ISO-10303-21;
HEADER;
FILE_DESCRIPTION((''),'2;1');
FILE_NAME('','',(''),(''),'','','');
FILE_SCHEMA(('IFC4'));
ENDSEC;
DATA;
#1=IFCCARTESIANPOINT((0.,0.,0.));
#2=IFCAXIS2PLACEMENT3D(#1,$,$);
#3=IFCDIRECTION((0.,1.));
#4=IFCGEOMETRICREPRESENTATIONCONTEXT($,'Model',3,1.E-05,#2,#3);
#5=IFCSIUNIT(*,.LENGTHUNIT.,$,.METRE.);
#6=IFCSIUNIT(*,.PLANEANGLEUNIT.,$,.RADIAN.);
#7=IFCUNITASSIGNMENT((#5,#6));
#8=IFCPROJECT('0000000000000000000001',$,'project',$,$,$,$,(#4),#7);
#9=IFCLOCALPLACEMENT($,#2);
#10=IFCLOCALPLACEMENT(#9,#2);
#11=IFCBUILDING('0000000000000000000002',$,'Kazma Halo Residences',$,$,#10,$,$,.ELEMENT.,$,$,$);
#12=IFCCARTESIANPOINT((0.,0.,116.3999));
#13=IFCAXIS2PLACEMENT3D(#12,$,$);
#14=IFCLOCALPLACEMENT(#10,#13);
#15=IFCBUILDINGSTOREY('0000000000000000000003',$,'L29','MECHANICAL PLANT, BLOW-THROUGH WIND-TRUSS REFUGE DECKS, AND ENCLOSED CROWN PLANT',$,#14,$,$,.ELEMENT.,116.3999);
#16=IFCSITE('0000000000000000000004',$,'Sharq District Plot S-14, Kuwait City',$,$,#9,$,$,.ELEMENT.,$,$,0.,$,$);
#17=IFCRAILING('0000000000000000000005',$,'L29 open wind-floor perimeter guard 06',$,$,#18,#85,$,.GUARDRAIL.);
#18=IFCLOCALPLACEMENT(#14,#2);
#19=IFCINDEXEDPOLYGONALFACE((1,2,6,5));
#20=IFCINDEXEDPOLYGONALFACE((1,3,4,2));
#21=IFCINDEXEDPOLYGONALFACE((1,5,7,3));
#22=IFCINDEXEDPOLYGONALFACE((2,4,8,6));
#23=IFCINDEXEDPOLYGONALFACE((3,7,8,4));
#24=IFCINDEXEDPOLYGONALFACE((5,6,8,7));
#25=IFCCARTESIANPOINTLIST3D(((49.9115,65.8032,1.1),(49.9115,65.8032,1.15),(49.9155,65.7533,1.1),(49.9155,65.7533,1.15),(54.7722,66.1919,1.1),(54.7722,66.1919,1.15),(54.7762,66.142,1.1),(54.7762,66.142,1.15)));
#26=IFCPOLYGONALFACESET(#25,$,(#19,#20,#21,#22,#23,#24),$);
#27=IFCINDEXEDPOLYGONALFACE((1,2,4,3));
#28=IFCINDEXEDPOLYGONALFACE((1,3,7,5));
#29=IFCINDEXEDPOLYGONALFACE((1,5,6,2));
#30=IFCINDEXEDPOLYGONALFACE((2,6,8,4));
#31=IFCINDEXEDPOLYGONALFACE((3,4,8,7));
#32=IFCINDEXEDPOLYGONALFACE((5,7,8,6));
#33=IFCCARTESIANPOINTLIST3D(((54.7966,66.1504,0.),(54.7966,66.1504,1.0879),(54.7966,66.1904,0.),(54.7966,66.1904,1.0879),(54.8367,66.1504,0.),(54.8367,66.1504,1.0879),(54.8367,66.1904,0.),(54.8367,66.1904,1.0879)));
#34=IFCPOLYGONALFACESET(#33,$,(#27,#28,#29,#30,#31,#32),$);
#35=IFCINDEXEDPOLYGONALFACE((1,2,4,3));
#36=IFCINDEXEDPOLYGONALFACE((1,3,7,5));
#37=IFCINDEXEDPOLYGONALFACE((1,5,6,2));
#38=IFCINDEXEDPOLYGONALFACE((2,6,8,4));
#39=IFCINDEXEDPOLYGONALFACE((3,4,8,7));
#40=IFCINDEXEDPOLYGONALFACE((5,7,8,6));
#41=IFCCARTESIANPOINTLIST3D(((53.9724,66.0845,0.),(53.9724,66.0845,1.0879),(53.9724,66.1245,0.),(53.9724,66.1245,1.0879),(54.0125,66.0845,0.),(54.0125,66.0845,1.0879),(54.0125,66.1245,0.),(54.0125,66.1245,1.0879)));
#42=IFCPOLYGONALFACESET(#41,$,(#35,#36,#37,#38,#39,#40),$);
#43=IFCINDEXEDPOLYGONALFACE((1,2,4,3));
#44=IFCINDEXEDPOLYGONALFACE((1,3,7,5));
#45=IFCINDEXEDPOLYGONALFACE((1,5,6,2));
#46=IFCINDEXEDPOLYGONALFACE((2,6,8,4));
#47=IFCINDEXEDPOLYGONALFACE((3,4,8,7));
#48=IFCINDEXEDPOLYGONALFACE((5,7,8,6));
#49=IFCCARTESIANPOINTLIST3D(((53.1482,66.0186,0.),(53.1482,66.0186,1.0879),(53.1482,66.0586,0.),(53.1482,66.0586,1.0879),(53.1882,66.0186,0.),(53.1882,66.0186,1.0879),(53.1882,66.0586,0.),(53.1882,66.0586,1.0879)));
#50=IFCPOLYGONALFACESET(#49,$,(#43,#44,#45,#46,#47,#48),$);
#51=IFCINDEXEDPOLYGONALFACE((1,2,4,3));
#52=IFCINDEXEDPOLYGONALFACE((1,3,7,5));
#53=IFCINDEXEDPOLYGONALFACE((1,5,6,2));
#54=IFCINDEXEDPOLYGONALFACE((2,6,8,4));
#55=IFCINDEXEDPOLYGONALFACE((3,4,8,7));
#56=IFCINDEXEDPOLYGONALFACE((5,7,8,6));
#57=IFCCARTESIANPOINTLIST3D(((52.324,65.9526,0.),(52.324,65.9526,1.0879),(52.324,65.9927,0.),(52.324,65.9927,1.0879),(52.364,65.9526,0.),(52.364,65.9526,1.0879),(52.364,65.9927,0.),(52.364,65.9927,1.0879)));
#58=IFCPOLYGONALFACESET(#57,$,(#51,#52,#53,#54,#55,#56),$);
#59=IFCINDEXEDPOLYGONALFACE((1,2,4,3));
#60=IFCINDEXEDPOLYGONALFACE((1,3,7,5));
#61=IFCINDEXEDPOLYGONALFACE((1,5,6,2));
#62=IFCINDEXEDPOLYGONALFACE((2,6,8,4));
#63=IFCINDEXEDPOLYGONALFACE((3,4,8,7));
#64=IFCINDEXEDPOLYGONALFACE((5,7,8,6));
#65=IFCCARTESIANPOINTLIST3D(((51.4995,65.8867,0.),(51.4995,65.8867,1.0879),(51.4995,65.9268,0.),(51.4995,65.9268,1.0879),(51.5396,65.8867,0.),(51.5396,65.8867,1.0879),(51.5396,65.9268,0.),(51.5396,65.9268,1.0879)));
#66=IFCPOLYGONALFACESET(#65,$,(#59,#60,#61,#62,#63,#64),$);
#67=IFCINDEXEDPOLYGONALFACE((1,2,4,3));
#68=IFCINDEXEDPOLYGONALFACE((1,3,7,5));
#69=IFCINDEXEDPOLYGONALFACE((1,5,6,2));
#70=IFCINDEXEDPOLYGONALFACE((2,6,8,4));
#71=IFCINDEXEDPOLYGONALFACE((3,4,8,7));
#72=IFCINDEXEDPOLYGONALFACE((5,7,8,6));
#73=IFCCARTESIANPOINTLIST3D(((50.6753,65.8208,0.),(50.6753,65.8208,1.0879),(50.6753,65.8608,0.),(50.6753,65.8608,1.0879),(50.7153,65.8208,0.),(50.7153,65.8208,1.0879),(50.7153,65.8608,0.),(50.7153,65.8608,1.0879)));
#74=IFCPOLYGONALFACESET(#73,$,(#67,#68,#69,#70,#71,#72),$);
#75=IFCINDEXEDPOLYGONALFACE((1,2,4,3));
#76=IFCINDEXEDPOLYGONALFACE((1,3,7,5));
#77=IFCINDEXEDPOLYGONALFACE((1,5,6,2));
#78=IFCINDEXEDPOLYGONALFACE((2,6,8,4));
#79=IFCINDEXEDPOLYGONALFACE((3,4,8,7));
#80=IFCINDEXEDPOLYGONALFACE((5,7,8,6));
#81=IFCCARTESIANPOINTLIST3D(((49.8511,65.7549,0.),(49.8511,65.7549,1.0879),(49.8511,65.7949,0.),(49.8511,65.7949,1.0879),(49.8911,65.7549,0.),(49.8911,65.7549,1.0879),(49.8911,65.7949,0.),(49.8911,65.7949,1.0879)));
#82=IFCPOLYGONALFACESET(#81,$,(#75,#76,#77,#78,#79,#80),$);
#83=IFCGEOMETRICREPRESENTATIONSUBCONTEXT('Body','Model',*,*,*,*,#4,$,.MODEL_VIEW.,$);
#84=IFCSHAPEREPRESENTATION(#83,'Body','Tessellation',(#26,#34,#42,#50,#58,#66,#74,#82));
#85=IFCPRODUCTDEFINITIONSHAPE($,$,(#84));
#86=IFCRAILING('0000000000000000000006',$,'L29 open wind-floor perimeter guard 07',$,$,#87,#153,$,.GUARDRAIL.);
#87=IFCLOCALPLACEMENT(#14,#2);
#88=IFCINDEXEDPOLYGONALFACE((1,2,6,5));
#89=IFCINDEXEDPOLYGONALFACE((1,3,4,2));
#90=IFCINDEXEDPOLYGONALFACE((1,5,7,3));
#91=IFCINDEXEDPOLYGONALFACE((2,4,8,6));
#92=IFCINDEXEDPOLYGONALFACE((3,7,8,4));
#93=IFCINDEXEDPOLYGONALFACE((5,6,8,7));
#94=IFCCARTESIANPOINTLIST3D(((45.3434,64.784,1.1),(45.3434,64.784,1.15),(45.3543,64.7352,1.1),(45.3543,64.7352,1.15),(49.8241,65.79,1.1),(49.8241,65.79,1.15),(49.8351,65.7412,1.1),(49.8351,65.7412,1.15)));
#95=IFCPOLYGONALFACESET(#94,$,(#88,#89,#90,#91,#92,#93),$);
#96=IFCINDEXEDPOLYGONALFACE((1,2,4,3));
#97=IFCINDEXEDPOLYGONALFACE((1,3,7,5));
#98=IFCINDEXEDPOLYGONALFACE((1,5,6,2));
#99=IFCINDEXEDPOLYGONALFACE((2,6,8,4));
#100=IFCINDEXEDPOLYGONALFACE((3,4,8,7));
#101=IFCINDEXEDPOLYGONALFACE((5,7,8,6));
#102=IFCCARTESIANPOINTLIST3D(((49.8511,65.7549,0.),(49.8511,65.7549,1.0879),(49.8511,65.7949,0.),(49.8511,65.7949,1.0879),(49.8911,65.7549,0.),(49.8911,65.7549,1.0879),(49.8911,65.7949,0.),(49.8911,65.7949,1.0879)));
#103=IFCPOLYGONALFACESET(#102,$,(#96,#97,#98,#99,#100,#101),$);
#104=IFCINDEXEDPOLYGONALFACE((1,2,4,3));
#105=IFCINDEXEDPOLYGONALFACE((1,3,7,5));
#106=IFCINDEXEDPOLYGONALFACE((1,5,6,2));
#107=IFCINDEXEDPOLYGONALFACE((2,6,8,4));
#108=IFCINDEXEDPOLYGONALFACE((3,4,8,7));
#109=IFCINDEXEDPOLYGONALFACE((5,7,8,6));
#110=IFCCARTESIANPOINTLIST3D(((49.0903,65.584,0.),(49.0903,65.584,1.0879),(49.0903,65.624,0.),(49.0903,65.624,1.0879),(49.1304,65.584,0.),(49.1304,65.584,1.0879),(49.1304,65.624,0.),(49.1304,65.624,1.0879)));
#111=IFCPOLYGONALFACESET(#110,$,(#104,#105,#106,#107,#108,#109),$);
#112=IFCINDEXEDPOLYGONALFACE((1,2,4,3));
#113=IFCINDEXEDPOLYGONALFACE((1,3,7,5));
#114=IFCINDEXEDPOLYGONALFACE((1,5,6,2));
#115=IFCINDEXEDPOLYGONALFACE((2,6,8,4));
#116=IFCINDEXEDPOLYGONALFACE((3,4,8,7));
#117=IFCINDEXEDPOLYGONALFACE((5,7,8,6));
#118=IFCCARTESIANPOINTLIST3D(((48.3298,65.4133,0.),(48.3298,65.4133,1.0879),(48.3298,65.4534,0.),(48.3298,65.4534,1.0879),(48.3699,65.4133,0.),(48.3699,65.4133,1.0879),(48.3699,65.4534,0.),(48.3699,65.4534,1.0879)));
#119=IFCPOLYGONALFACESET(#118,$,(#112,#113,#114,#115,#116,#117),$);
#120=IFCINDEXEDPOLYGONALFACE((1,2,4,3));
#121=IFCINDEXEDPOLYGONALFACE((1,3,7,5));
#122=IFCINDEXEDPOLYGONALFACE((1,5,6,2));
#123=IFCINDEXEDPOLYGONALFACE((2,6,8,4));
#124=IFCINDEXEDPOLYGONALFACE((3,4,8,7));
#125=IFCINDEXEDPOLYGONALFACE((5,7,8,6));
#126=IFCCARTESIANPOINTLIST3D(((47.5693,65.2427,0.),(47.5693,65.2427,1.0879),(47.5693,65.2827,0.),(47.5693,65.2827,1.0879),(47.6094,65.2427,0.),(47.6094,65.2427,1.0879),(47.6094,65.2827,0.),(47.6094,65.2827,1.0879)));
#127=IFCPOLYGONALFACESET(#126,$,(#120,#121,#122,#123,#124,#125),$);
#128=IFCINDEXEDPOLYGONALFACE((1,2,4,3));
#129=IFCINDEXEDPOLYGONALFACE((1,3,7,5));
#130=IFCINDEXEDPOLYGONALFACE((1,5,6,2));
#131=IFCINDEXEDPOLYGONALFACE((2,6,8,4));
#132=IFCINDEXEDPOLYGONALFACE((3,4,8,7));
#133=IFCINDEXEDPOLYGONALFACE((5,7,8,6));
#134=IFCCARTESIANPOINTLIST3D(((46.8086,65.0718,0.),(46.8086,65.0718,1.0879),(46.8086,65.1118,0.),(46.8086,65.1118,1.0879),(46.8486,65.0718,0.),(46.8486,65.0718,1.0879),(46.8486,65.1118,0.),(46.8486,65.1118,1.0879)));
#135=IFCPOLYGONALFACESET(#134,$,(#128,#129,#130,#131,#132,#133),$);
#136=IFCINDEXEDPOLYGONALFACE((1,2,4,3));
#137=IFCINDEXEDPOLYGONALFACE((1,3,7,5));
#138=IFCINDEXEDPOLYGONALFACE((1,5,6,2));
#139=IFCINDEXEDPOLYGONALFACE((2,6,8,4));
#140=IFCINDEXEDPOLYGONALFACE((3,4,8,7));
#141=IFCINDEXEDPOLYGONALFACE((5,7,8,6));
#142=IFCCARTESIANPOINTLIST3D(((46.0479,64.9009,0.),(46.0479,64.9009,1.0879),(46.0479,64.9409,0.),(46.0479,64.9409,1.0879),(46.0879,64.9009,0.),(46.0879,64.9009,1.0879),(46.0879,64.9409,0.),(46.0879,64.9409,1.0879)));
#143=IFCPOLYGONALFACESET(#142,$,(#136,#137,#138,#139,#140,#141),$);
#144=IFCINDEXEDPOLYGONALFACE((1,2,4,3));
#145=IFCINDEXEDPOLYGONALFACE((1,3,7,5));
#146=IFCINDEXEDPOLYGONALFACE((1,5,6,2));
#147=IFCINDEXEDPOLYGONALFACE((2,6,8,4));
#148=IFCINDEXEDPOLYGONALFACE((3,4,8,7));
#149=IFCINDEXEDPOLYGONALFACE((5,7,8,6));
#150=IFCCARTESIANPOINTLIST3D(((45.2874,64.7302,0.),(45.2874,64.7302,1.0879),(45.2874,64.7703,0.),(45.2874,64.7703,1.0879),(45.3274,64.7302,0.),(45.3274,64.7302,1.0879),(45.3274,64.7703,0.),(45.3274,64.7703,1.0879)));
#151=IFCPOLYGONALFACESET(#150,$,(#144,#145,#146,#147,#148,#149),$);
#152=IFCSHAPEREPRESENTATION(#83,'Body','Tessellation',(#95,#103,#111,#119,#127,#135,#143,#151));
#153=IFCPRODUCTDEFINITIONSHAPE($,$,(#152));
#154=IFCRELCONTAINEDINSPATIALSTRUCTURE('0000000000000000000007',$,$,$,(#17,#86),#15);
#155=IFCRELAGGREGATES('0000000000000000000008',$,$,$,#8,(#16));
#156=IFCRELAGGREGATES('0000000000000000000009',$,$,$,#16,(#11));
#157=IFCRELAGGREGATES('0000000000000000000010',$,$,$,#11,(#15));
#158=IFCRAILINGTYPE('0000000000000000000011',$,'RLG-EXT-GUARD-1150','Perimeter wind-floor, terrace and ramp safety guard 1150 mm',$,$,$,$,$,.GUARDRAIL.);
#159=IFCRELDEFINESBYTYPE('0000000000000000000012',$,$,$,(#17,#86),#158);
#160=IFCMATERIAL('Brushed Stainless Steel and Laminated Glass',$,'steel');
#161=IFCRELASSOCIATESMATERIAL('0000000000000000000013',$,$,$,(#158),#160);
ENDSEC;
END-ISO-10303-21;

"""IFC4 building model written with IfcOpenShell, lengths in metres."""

from ifc_helpers import new_model, si_unit, direction, frame, origin, origin_2d, place, context, subcontext, project, spatial, rectangle, extrude, material, type_object, element, save


model = new_model("IFC4")

# Units and contexts
model_context = context("Model", 3, precision=1e-05, world=origin(), true_north=direction((0.0, 1.0)))
body_context = subcontext(model_context, "Body", "Model", "MODEL_VIEW")
ifc_project = project(units=[si_unit("LENGTHUNIT", "METRE"), si_unit("PLANEANGLEUNIT", "RADIAN")], contexts=[model_context])

# Site, building, storey
site_placement = place(None, origin())
site = spatial("IfcSite", under=ifc_project, at=site_placement, Name="Sharq District Plot S-14, Kuwait City", CompositionType="ELEMENT", RefElevation=0.0)
building_placement = place(site_placement, origin())
building = spatial("IfcBuilding", under=site, at=building_placement, Name="Kazma Halo Residences", CompositionType="ELEMENT")
storey_placement = place(building_placement, frame((0.0, 0.0, 116.3999)))
storey = spatial("IfcBuildingStorey", under=building, at=storey_placement, Name="L29", Description="MECHANICAL PLANT, BLOW-THROUGH WIND-TRUSS REFUGE DECKS, AND ENCLOSED CROWN PLANT", CompositionType="ELEMENT", Elevation=116.3999)

# Railings
ifc_material_1 = material(Name="Brushed Stainless Steel and Laminated Glass", Category="steel")
railing_type = type_object("IfcRailingType", Name="RLG-EXT-GUARD-1150", Description="Perimeter wind-floor, terrace and ramp safety guard 1150 mm", PredefinedType="GUARDRAIL", material=ifc_material_1)
railing_1_placement = place(storey_placement, frame((54.8167, 66.1704, 0.0)))
element("IfcRailing", 1, at=railing_1_placement, inside=storey, type_object=railing_type, Name="L29 open wind-floor perimeter guard 06", PredefinedType="GUARDRAIL", context=body_context, shape_type="SweptSolid", body=[
    extrude(rectangle(XDim=0.05, YDim=0.05, at=origin_2d()), frame((-0.0425, -0.0034, 1.125), z_axis=(-0.996817, -0.079718, 0.0), x_axis=(0.079718, -0.996817, 0.0)), (0.0, 0.0, 1.0), 4.8762),
    extrude(rectangle(XDim=0.04, YDim=0.04, at=origin_2d()), origin(), (0.0, 0.0, 1.0), 1.0879),
    extrude(rectangle(XDim=0.04, YDim=0.04, at=origin_2d()), frame((-0.8242, -0.0659, 0.0)), (0.0, 0.0, 1.0), 1.0879),
    extrude(rectangle(XDim=0.04, YDim=0.04, at=origin_2d()), frame((-1.6484, -0.1318, 0.0)), (0.0, 0.0, 1.0), 1.0879),
    extrude(rectangle(XDim=0.04, YDim=0.04, at=origin_2d()), frame((-2.4727, -0.1978, 0.0)), (0.0, 0.0, 1.0), 1.0879),
    extrude(rectangle(XDim=0.04, YDim=0.04, at=origin_2d()), frame((-3.2971, -0.2637, 0.0)), (0.0, 0.0, 1.0), 1.0879),
    extrude(rectangle(XDim=0.04, YDim=0.04, at=origin_2d()), frame((-4.1213, -0.3296, 0.0)), (0.0, 0.0, 1.0), 1.0879),
    extrude(rectangle(XDim=0.04, YDim=0.04, at=origin_2d()), frame((-4.9456, -0.3955, 0.0)), (0.0, 0.0, 1.0), 1.0879),
])
railing_2_placement = place(storey_placement, frame((49.8711, 65.7749, 0.0)))
element("IfcRailing", 2, at=railing_2_placement, inside=storey, type_object=railing_type, Name="L29 open wind-floor perimeter guard 07", PredefinedType="GUARDRAIL", context=body_context, shape_type="SweptSolid", body=[
    extrude(rectangle(XDim=0.05, YDim=0.05, at=origin_2d()), frame((-0.0415, -0.0093, 1.125), z_axis=(-0.975709, -0.219069, 0.0), x_axis=(0.219069, -0.975709, 0.0)), (0.0, 0.0, 1.0), 4.5923),
    extrude(rectangle(XDim=0.04, YDim=0.04, at=origin_2d()), origin(), (0.0, 0.0, 1.0), 1.0879),
    extrude(rectangle(XDim=0.04, YDim=0.04, at=origin_2d()), frame((-0.7607, -0.1709, 0.0)), (0.0, 0.0, 1.0), 1.0879),
    extrude(rectangle(XDim=0.04, YDim=0.04, at=origin_2d()), frame((-1.5212, -0.3416, 0.0)), (0.0, 0.0, 1.0), 1.0879),
    extrude(rectangle(XDim=0.04, YDim=0.04, at=origin_2d()), frame((-2.2817, -0.5122, 0.0)), (0.0, 0.0, 1.0), 1.0879),
    extrude(rectangle(XDim=0.04, YDim=0.04, at=origin_2d()), frame((-3.0425, -0.6831, 0.0)), (0.0, 0.0, 1.0), 1.0879),
    extrude(rectangle(XDim=0.04, YDim=0.04, at=origin_2d()), frame((-3.8032, -0.854, 0.0)), (0.0, 0.0, 1.0), 1.0879),
    extrude(rectangle(XDim=0.04, YDim=0.04, at=origin_2d()), frame((-4.5637, -1.0247, 0.0)), (0.0, 0.0, 1.0), 1.0879),
])

save(model, "model.ifc")
